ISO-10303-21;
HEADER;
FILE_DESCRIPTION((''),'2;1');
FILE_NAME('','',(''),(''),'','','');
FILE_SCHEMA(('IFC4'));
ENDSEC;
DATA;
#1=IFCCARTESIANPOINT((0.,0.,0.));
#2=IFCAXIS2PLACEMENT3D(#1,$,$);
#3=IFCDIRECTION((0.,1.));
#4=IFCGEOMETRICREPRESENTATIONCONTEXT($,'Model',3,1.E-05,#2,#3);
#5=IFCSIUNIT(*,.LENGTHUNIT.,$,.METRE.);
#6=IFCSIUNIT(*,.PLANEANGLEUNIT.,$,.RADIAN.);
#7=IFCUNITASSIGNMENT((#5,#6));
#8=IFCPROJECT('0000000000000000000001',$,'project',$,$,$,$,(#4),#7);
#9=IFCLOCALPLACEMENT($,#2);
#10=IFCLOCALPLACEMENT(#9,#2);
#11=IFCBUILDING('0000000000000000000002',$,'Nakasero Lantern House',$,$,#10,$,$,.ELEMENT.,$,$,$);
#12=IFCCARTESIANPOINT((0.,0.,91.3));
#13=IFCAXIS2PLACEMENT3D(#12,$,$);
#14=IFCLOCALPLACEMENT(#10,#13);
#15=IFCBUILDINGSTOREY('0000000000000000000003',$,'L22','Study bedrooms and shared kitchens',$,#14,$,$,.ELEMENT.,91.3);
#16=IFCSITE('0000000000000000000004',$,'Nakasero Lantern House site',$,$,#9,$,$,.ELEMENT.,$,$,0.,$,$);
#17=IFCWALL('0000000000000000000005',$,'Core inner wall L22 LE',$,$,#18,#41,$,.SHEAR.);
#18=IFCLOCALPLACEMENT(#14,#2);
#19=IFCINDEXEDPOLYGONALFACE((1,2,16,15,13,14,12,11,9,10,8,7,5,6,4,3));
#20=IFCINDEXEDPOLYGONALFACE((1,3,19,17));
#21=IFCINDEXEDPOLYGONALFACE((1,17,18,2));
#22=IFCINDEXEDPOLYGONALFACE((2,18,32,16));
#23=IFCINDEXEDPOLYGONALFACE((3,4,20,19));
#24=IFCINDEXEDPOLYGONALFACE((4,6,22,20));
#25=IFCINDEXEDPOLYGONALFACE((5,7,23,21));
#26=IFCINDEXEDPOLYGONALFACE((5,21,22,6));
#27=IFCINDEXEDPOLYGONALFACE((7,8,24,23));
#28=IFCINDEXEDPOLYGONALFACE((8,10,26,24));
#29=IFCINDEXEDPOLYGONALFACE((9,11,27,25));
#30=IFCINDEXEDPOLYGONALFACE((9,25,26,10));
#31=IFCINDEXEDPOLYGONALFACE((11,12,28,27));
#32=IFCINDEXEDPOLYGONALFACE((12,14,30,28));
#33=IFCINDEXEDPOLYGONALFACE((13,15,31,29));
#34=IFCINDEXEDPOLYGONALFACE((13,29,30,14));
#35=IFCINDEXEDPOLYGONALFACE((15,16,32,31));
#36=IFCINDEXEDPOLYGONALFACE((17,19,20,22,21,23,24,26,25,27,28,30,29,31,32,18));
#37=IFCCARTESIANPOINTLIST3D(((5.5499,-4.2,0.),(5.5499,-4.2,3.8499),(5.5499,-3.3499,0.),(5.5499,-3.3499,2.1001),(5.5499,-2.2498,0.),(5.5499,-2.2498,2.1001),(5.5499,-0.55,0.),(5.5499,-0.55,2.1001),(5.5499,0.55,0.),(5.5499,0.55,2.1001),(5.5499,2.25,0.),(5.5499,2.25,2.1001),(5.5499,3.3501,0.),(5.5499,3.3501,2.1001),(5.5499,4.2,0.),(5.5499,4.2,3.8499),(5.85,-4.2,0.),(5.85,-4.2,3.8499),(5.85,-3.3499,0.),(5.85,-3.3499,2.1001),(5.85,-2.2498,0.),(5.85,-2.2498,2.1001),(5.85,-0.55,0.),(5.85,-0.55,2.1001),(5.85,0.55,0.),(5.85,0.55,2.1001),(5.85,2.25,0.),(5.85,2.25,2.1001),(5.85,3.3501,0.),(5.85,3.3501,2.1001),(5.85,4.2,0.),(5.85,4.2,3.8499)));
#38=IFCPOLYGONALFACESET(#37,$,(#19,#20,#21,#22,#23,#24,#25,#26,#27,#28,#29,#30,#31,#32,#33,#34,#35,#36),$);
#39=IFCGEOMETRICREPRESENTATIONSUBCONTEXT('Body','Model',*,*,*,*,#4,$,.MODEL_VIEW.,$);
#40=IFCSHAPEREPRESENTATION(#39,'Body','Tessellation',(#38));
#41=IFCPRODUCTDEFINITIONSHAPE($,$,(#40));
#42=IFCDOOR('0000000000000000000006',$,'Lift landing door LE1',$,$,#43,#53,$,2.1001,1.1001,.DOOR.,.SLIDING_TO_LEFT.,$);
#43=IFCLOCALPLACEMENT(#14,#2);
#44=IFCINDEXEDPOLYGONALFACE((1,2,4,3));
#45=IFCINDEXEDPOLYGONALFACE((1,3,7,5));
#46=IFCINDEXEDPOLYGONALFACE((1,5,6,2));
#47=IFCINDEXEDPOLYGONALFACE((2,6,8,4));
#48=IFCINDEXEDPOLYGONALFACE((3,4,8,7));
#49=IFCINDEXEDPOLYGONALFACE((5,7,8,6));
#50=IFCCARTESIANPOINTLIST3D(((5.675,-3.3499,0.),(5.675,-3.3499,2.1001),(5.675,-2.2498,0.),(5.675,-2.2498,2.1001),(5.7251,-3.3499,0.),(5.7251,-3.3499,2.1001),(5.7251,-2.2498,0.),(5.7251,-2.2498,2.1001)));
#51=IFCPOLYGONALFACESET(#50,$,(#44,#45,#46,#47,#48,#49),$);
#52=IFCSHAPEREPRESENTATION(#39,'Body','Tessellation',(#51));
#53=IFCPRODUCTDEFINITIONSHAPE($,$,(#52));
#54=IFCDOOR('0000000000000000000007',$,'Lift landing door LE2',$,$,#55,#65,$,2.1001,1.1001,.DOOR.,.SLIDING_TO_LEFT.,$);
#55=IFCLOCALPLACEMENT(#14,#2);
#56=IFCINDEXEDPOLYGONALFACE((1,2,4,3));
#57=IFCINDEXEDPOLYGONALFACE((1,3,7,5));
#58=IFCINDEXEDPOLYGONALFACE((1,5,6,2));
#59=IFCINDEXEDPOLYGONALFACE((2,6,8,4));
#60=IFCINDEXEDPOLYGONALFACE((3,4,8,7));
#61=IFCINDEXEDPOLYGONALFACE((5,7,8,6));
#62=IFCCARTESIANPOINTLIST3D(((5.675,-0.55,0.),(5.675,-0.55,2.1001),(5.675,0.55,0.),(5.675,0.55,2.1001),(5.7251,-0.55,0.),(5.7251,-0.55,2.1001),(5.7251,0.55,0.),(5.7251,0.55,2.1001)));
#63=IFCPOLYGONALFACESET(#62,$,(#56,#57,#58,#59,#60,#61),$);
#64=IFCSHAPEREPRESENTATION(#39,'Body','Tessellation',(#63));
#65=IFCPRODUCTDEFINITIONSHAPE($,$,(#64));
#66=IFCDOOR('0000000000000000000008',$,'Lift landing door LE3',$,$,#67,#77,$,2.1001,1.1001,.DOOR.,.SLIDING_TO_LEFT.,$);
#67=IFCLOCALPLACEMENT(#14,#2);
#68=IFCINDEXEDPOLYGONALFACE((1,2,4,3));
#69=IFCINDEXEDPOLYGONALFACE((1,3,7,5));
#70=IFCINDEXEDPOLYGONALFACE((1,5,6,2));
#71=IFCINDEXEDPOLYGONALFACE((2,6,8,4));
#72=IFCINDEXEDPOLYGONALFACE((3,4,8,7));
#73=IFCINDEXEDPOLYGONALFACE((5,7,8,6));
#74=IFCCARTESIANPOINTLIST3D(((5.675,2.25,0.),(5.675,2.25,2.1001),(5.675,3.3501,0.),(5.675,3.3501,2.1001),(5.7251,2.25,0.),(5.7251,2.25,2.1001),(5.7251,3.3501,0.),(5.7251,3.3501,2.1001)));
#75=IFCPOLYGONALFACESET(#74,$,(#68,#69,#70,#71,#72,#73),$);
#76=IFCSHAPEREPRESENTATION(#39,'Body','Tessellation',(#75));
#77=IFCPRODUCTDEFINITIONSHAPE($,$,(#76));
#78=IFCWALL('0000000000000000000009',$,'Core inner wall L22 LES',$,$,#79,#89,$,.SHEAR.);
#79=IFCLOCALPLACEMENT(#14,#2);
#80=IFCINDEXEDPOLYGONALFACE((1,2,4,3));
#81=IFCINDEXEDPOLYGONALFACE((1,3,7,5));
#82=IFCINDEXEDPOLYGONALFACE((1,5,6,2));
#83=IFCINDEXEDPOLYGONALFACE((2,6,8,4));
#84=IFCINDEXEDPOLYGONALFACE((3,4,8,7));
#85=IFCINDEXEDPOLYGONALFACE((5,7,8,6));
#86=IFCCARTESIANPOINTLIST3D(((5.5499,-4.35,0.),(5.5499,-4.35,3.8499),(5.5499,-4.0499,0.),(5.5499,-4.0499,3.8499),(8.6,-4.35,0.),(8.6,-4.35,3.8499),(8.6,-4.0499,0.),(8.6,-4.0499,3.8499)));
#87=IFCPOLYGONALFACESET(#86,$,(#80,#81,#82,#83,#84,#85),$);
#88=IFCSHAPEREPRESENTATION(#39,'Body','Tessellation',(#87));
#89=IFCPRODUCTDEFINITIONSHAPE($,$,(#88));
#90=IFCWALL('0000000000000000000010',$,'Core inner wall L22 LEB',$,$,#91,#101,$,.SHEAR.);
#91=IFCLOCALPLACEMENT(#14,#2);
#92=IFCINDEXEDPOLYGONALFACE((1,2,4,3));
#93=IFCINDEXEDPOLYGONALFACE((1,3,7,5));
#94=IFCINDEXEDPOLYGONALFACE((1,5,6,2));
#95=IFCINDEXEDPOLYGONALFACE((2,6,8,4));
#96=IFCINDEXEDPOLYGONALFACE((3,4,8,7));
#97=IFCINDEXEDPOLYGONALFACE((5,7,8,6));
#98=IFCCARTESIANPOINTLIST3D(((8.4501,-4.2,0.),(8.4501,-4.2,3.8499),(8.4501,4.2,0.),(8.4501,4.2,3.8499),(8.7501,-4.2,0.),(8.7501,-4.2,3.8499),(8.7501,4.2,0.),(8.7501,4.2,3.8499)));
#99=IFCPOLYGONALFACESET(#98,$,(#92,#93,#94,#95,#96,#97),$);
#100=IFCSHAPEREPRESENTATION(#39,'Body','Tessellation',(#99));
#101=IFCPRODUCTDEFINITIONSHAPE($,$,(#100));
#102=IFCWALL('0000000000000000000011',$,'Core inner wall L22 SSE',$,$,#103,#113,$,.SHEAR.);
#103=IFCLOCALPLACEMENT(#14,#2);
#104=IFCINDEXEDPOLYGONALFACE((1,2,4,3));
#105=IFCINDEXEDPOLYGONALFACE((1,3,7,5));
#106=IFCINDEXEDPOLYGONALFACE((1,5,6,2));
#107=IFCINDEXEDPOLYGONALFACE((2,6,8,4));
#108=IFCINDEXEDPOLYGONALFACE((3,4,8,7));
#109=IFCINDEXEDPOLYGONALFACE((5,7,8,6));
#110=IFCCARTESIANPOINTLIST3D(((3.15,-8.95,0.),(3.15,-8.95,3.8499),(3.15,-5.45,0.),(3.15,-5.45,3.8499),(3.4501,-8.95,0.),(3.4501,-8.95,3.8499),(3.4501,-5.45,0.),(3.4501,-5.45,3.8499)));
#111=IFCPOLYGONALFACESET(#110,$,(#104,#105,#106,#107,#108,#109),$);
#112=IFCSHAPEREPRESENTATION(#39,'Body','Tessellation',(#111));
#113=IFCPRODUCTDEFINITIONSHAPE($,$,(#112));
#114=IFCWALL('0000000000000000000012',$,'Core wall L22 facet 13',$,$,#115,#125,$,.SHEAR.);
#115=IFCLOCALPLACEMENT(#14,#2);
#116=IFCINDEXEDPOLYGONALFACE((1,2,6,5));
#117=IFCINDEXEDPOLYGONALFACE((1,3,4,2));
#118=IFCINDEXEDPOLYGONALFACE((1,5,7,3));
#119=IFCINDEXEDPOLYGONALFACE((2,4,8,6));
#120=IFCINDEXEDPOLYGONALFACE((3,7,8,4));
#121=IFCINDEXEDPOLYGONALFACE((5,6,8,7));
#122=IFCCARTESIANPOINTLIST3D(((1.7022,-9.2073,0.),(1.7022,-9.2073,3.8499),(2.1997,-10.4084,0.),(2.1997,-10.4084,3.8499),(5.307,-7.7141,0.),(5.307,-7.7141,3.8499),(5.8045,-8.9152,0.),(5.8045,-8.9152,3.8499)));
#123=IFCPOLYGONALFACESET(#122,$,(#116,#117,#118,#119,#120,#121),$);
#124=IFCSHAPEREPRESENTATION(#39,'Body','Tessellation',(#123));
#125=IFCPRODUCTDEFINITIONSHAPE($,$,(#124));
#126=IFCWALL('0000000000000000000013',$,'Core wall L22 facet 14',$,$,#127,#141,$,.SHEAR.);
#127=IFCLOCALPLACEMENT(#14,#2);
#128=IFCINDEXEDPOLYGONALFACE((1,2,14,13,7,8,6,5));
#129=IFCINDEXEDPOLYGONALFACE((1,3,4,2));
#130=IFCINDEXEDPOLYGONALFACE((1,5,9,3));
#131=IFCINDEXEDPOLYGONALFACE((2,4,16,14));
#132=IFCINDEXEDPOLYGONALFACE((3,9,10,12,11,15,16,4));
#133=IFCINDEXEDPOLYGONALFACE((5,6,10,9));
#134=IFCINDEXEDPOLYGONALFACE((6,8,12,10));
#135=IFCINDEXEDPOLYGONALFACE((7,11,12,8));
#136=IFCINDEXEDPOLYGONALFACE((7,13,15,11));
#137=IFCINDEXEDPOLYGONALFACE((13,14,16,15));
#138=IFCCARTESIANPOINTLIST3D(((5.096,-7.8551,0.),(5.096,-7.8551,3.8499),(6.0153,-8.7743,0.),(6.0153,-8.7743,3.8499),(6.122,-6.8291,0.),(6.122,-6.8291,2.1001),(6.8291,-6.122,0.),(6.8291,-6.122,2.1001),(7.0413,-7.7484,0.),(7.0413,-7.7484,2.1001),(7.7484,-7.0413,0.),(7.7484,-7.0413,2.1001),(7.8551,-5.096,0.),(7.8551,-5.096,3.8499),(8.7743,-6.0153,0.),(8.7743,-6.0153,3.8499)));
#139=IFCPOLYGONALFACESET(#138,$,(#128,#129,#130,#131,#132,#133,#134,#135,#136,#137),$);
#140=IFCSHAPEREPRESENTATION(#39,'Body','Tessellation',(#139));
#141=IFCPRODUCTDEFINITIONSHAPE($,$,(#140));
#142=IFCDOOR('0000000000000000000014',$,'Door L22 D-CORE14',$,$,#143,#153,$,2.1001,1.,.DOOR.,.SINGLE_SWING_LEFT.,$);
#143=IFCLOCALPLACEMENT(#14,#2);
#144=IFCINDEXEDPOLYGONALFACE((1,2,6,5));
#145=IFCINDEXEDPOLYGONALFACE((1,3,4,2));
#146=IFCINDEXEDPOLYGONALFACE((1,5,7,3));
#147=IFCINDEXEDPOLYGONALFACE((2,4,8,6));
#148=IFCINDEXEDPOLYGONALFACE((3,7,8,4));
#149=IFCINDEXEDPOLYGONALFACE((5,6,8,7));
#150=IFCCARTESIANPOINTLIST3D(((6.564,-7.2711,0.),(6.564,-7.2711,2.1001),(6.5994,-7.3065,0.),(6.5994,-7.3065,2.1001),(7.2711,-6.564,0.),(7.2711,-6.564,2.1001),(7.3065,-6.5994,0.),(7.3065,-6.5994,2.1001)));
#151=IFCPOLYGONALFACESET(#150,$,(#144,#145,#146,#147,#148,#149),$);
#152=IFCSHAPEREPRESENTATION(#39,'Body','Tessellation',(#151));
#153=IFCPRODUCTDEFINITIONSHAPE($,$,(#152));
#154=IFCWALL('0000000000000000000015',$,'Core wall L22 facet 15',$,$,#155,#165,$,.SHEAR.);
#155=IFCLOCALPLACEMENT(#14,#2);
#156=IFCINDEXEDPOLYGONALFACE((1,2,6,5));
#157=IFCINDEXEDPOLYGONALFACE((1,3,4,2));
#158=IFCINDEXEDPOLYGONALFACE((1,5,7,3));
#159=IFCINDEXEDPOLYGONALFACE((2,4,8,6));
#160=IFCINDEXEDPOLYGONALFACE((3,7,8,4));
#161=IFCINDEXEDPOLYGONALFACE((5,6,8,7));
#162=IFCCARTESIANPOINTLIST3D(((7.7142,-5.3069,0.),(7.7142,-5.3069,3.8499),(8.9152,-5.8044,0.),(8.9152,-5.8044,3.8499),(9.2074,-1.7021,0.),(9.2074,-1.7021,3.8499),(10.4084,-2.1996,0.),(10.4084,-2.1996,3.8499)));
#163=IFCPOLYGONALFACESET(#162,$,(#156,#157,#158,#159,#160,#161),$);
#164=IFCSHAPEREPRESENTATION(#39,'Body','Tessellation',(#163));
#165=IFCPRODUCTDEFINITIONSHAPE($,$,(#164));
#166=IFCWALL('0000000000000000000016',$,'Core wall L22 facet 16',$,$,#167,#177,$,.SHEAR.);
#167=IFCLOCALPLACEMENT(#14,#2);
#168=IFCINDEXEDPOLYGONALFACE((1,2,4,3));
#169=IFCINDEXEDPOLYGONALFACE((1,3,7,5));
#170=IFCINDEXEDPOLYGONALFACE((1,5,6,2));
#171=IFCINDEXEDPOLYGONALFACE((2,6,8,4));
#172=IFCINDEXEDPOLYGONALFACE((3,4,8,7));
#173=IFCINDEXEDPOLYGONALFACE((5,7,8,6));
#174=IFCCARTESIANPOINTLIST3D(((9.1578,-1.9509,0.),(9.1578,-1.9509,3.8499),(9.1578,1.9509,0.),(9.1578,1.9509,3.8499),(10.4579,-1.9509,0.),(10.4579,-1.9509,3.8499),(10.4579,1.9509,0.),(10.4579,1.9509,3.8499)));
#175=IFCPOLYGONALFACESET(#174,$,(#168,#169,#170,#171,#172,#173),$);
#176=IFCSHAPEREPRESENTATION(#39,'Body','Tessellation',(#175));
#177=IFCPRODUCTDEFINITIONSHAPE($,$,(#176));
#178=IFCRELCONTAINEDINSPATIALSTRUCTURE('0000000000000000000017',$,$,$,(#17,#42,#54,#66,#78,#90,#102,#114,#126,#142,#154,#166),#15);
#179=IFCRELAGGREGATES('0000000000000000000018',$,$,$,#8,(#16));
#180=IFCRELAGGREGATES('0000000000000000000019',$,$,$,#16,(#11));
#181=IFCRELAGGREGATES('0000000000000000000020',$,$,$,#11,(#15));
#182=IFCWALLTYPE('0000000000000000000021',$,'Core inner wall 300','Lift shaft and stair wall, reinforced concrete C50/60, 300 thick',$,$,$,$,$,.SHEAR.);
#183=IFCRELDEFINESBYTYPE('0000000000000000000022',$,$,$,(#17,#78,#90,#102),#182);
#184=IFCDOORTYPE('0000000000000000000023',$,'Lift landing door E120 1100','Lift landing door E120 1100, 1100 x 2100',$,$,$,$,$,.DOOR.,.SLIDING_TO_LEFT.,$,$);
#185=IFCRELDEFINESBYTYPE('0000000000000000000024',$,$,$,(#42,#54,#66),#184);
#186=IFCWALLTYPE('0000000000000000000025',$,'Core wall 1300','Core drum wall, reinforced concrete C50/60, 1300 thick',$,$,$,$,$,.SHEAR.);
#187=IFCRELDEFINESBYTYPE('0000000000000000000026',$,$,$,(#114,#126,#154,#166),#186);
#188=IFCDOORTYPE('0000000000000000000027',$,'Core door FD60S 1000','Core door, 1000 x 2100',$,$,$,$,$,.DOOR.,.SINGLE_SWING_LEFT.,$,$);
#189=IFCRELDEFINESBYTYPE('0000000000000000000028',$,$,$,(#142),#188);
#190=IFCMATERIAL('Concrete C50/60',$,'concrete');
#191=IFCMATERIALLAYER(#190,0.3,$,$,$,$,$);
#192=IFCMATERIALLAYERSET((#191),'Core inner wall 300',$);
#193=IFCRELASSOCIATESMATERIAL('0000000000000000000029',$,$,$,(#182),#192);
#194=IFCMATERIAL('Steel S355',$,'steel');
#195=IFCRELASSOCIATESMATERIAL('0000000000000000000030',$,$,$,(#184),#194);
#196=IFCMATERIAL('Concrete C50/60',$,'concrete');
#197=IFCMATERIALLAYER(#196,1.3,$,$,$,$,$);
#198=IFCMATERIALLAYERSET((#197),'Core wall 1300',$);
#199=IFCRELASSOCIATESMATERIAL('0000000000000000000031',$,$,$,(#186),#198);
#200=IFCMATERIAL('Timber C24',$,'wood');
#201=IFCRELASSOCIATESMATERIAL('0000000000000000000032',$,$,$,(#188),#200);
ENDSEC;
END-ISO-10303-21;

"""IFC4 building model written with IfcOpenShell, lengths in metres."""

from ifc_helpers import new_model, si_unit, direction, frame, frame_2d, origin, place, context, subcontext, project, spatial, rectangle, extrude, material, layer, layer_set, type_object, element, fill, save


model = new_model("IFC4")

# Units and contexts
model_context = context("Model", 3, precision=1e-05, world=origin(), true_north=direction((0.0, 1.0)))
body_context = subcontext(model_context, "Body", "Model", "MODEL_VIEW")
ifc_project = project(units=[si_unit("LENGTHUNIT", "METRE"), si_unit("PLANEANGLEUNIT", "RADIAN")], contexts=[model_context])

# Site, building, storey
site_placement = place(None, origin())
site = spatial("IfcSite", under=ifc_project, at=site_placement, Name="Nakasero Lantern House site", CompositionType="ELEMENT", RefElevation=0.0)
building_placement = place(site_placement, origin())
building = spatial("IfcBuilding", under=site, at=building_placement, Name="Nakasero Lantern House", CompositionType="ELEMENT")
storey_placement = place(building_placement, frame((0.0, 0.0, 91.3)))
storey = spatial("IfcBuildingStorey", under=building, at=storey_placement, Name="L22", Description="Study bedrooms and shared kitchens", CompositionType="ELEMENT", Elevation=91.3)

# Wall, openings, doors
ifc_material_1 = material(Name="Concrete C50/60", Category="concrete")
ifc_layer_1 = layer(ifc_material_1, 0.3)
ifc_layer_set_1 = layer_set([ifc_layer_1], Name="Core inner wall 300")
wall_type_1 = type_object("IfcWallType", Name="Core inner wall 300", Description="Lift shaft and stair wall, reinforced concrete C50/60, 300 thick", PredefinedType="SHEAR", material=ifc_layer_set_1)
wall_1_placement = place(storey_placement, frame((5.7, -4.2, 0.0), z_axis=(0.0, 0.0, 1.0), x_axis=(0.0, 1.0, 0.0)))
wall_1 = element("IfcWall", 1, at=wall_1_placement, inside=storey, type_object=wall_type_1, Name="Core inner wall L22 LE", PredefinedType="SHEAR", context=body_context, shape_type="SweptSolid", body=[
    extrude(rectangle(XDim=8.3999, YDim=0.3, at=frame_2d((4.2, 0.0))), origin(), (0.0, 0.0, 1.0), 3.8499),
])
opening_1_placement = place(wall_1_placement, frame((0.8501, 0.0, 0.0)))
opening_1 = element("IfcOpeningElement", 2, at=opening_1_placement, cuts=wall_1, PredefinedType="OPENING", context=body_context, shape_type="SweptSolid", body=[
    extrude(rectangle(XDim=1.1001, YDim=2.1001, at=frame_2d((0.55, 1.05))), frame((0.0, 0.1699, 0.0), z_axis=(0.0, -1.0, 0.0), x_axis=(1.0, 0.0, 0.0)), (0.0, 0.0, 1.0), 0.3401),
])
opening_2_placement = place(wall_1_placement, frame((3.6499, 0.0, 0.0)))
opening_2 = element("IfcOpeningElement", 3, at=opening_2_placement, cuts=wall_1, PredefinedType="OPENING", context=body_context, shape_type="SweptSolid", body=[
    extrude(rectangle(XDim=1.1001, YDim=2.1001, at=frame_2d((0.55, 1.05))), frame((0.0, 0.1699, 0.0), z_axis=(0.0, -1.0, 0.0), x_axis=(1.0, 0.0, 0.0)), (0.0, 0.0, 1.0), 0.3401),
])
opening_3_placement = place(wall_1_placement, frame((6.45, 0.0, 0.0)))
opening_3 = element("IfcOpeningElement", 4, at=opening_3_placement, cuts=wall_1, PredefinedType="OPENING", context=body_context, shape_type="SweptSolid", body=[
    extrude(rectangle(XDim=1.1001, YDim=2.1001, at=frame_2d((0.55, 1.05))), frame((0.0, 0.1699, 0.0), z_axis=(0.0, -1.0, 0.0), x_axis=(1.0, 0.0, 0.0)), (0.0, 0.0, 1.0), 0.3401),
])
ifc_material_2 = material(Name="Steel S355", Category="steel")
door_type_1 = type_object("IfcDoorType", Name="Lift landing door E120 1100", Description="Lift landing door E120 1100, 1100 x 2100", OperationType="SLIDING_TO_LEFT", PredefinedType="DOOR", material=ifc_material_2)
door_1_placement = place(opening_1_placement, origin())
door_1 = element("IfcDoor", 5, at=door_1_placement, inside=storey, type_object=door_type_1, Name="Lift landing door LE1", OperationType="SLIDING_TO_LEFT", OverallHeight=2.1001, OverallWidth=1.1001, PredefinedType="DOOR", context=body_context, shape_type="SweptSolid", body=[
    extrude(rectangle(XDim=1.1001, YDim=2.1001, at=frame_2d((0.55, 1.05))), frame((0.0, 0.0249, 0.0), z_axis=(0.0, -1.0, 0.0), x_axis=(1.0, 0.0, 0.0)), (0.0, 0.0, 1.0), 0.05),
])
fill(opening_1, door_1)
door_2_placement = place(opening_2_placement, origin())
door_2 = element("IfcDoor", 6, at=door_2_placement, inside=storey, type_object=door_type_1, Name="Lift landing door LE2", OperationType="SLIDING_TO_LEFT", OverallHeight=2.1001, OverallWidth=1.1001, PredefinedType="DOOR", context=body_context, shape_type="SweptSolid", body=[
    extrude(rectangle(XDim=1.1001, YDim=2.1001, at=frame_2d((0.55, 1.05))), frame((0.0, 0.0249, 0.0), z_axis=(0.0, -1.0, 0.0), x_axis=(1.0, 0.0, 0.0)), (0.0, 0.0, 1.0), 0.05),
])
fill(opening_2, door_2)
door_3_placement = place(opening_3_placement, origin())
door_3 = element("IfcDoor", 7, at=door_3_placement, inside=storey, type_object=door_type_1, Name="Lift landing door LE3", OperationType="SLIDING_TO_LEFT", OverallHeight=2.1001, OverallWidth=1.1001, PredefinedType="DOOR", context=body_context, shape_type="SweptSolid", body=[
    extrude(rectangle(XDim=1.1001, YDim=2.1001, at=frame_2d((0.55, 1.05))), frame((0.0, 0.0249, 0.0), z_axis=(0.0, -1.0, 0.0), x_axis=(1.0, 0.0, 0.0)), (0.0, 0.0, 1.0), 0.05),
])
fill(opening_3, door_3)

# Walls
wall_2_placement = place(storey_placement, frame((5.55, -4.2, 0.0), z_axis=(0.0, 0.0, 1.0), x_axis=(1.0, 0.0, 0.0)))
element("IfcWall", 8, at=wall_2_placement, inside=storey, type_object=wall_type_1, Name="Core inner wall L22 LES", PredefinedType="SHEAR", context=body_context, shape_type="SweptSolid", body=[
    extrude(rectangle(XDim=3.05, YDim=0.3, at=frame_2d((1.5249, 0.0))), origin(), (0.0, 0.0, 1.0), 3.8499),
])
wall_3_placement = place(storey_placement, frame((8.6001, -4.2, 0.0), z_axis=(0.0, 0.0, 1.0), x_axis=(0.0, 1.0, 0.0)))
element("IfcWall", 9, at=wall_3_placement, inside=storey, type_object=wall_type_1, Name="Core inner wall L22 LEB", PredefinedType="SHEAR", context=body_context, shape_type="SweptSolid", body=[
    extrude(rectangle(XDim=8.3999, YDim=0.3, at=frame_2d((4.2, 0.0))), origin(), (0.0, 0.0, 1.0), 3.8499),
])
wall_4_placement = place(storey_placement, frame((3.3, -5.45, 0.0), z_axis=(0.0, 0.0, 1.0), x_axis=(0.0, -1.0, 0.0)))
element("IfcWall", 10, at=wall_4_placement, inside=storey, type_object=wall_type_1, Name="Core inner wall L22 SSE", PredefinedType="SHEAR", context=body_context, shape_type="SweptSolid", body=[
    extrude(rectangle(XDim=3.5, YDim=0.3, at=frame_2d((1.75, 0.0))), origin(), (0.0, 0.0, 1.0), 3.8499),
])
ifc_material_3 = material(Name="Concrete C50/60", Category="concrete")
ifc_layer_2 = layer(ifc_material_3, 1.3)
ifc_layer_set_2 = layer_set([ifc_layer_2], Name="Core wall 1300")
wall_type_2 = type_object("IfcWallType", Name="Core wall 1300", Description="Core drum wall, reinforced concrete C50/60, 1300 thick", PredefinedType="SHEAR", material=ifc_layer_set_2)
wall_5_placement = place(storey_placement, frame((1.9509, -9.8079, 0.0), z_axis=(0.0, 0.0, 1.0), x_axis=(0.923877, 0.382691, 0.0)))
element("IfcWall", 11, at=wall_5_placement, inside=storey, type_object=wall_type_2, Name="Core wall L22 facet 13", PredefinedType="SHEAR", context=body_context, shape_type="SweptSolid", body=[
    extrude(rectangle(XDim=3.9019, YDim=1.3, at=frame_2d((1.9509, 0.0))), origin(), (0.0, 0.0, 1.0), 3.8499),
])

# Wall, opening, door
wall_6_placement = place(storey_placement, frame((5.5557, -8.3147, 0.0), z_axis=(0.0, 0.0, 1.0), x_axis=(0.707107, 0.707107, 0.0)))
wall_6 = element("IfcWall", 12, at=wall_6_placement, inside=storey, type_object=wall_type_2, Name="Core wall L22 facet 14", PredefinedType="SHEAR", context=body_context, shape_type="SweptSolid", body=[
    extrude(rectangle(XDim=3.9019, YDim=1.3, at=frame_2d((1.9509, 0.0))), origin(), (0.0, 0.0, 1.0), 3.8499),
])
opening_4_placement = place(wall_6_placement, frame((1.4509, 0.0, 0.0)))
opening_4 = element("IfcOpeningElement", 13, at=opening_4_placement, cuts=wall_6, PredefinedType="OPENING", context=body_context, shape_type="SweptSolid", body=[
    extrude(rectangle(XDim=1.0, YDim=2.1001, at=frame_2d((0.5, 1.05))), frame((0.0, 0.6699, 0.0), z_axis=(0.0, -1.0, 0.0), x_axis=(1.0, 0.0, 0.0)), (0.0, 0.0, 1.0), 1.3401),
])
ifc_material_4 = material(Name="Timber C24", Category="wood")
door_type_2 = type_object("IfcDoorType", Name="Core door FD60S 1000", Description="Core door, 1000 x 2100", OperationType="SINGLE_SWING_LEFT", PredefinedType="DOOR", material=ifc_material_4)
door_4_placement = place(opening_4_placement, origin())
door_4 = element("IfcDoor", 14, at=door_4_placement, inside=storey, type_object=door_type_2, Name="Door L22 D-CORE14", OperationType="SINGLE_SWING_LEFT", OverallHeight=2.1001, OverallWidth=1.0, PredefinedType="DOOR", context=body_context, shape_type="SweptSolid", body=[
    extrude(rectangle(XDim=1.0, YDim=2.1001, at=frame_2d((0.5, 1.05))), frame((0.0, 0.0249, 0.0), z_axis=(0.0, -1.0, 0.0), x_axis=(1.0, 0.0, 0.0)), (0.0, 0.0, 1.0), 0.05),
])
fill(opening_4, door_4)

# Walls
for number, where, z_axis, x_axis, name in (
    (15, (8.3147, -5.5557, 0.0), (0.0, 0.0, 1.0), (0.382691, 0.923877, 0.0), "Core wall L22 facet 15"),
    (16, (9.8079, -1.9509, 0.0), (0.0, 0.0, 1.0), (0.0, 1.0, 0.0), "Core wall L22 facet 16"),
):
    element("IfcWall", number, at=place(storey_placement, frame(where, z_axis=z_axis, x_axis=x_axis)), inside=storey, type_object=wall_type_2, Name=name, PredefinedType="SHEAR", context=body_context, shape_type="SweptSolid", body=[
        extrude(rectangle(XDim=3.9019, YDim=1.3, at=frame_2d((1.9509, 0.0))), origin(), (0.0, 0.0, 1.0), 3.8499),
    ])

save(model, "model.ifc")
